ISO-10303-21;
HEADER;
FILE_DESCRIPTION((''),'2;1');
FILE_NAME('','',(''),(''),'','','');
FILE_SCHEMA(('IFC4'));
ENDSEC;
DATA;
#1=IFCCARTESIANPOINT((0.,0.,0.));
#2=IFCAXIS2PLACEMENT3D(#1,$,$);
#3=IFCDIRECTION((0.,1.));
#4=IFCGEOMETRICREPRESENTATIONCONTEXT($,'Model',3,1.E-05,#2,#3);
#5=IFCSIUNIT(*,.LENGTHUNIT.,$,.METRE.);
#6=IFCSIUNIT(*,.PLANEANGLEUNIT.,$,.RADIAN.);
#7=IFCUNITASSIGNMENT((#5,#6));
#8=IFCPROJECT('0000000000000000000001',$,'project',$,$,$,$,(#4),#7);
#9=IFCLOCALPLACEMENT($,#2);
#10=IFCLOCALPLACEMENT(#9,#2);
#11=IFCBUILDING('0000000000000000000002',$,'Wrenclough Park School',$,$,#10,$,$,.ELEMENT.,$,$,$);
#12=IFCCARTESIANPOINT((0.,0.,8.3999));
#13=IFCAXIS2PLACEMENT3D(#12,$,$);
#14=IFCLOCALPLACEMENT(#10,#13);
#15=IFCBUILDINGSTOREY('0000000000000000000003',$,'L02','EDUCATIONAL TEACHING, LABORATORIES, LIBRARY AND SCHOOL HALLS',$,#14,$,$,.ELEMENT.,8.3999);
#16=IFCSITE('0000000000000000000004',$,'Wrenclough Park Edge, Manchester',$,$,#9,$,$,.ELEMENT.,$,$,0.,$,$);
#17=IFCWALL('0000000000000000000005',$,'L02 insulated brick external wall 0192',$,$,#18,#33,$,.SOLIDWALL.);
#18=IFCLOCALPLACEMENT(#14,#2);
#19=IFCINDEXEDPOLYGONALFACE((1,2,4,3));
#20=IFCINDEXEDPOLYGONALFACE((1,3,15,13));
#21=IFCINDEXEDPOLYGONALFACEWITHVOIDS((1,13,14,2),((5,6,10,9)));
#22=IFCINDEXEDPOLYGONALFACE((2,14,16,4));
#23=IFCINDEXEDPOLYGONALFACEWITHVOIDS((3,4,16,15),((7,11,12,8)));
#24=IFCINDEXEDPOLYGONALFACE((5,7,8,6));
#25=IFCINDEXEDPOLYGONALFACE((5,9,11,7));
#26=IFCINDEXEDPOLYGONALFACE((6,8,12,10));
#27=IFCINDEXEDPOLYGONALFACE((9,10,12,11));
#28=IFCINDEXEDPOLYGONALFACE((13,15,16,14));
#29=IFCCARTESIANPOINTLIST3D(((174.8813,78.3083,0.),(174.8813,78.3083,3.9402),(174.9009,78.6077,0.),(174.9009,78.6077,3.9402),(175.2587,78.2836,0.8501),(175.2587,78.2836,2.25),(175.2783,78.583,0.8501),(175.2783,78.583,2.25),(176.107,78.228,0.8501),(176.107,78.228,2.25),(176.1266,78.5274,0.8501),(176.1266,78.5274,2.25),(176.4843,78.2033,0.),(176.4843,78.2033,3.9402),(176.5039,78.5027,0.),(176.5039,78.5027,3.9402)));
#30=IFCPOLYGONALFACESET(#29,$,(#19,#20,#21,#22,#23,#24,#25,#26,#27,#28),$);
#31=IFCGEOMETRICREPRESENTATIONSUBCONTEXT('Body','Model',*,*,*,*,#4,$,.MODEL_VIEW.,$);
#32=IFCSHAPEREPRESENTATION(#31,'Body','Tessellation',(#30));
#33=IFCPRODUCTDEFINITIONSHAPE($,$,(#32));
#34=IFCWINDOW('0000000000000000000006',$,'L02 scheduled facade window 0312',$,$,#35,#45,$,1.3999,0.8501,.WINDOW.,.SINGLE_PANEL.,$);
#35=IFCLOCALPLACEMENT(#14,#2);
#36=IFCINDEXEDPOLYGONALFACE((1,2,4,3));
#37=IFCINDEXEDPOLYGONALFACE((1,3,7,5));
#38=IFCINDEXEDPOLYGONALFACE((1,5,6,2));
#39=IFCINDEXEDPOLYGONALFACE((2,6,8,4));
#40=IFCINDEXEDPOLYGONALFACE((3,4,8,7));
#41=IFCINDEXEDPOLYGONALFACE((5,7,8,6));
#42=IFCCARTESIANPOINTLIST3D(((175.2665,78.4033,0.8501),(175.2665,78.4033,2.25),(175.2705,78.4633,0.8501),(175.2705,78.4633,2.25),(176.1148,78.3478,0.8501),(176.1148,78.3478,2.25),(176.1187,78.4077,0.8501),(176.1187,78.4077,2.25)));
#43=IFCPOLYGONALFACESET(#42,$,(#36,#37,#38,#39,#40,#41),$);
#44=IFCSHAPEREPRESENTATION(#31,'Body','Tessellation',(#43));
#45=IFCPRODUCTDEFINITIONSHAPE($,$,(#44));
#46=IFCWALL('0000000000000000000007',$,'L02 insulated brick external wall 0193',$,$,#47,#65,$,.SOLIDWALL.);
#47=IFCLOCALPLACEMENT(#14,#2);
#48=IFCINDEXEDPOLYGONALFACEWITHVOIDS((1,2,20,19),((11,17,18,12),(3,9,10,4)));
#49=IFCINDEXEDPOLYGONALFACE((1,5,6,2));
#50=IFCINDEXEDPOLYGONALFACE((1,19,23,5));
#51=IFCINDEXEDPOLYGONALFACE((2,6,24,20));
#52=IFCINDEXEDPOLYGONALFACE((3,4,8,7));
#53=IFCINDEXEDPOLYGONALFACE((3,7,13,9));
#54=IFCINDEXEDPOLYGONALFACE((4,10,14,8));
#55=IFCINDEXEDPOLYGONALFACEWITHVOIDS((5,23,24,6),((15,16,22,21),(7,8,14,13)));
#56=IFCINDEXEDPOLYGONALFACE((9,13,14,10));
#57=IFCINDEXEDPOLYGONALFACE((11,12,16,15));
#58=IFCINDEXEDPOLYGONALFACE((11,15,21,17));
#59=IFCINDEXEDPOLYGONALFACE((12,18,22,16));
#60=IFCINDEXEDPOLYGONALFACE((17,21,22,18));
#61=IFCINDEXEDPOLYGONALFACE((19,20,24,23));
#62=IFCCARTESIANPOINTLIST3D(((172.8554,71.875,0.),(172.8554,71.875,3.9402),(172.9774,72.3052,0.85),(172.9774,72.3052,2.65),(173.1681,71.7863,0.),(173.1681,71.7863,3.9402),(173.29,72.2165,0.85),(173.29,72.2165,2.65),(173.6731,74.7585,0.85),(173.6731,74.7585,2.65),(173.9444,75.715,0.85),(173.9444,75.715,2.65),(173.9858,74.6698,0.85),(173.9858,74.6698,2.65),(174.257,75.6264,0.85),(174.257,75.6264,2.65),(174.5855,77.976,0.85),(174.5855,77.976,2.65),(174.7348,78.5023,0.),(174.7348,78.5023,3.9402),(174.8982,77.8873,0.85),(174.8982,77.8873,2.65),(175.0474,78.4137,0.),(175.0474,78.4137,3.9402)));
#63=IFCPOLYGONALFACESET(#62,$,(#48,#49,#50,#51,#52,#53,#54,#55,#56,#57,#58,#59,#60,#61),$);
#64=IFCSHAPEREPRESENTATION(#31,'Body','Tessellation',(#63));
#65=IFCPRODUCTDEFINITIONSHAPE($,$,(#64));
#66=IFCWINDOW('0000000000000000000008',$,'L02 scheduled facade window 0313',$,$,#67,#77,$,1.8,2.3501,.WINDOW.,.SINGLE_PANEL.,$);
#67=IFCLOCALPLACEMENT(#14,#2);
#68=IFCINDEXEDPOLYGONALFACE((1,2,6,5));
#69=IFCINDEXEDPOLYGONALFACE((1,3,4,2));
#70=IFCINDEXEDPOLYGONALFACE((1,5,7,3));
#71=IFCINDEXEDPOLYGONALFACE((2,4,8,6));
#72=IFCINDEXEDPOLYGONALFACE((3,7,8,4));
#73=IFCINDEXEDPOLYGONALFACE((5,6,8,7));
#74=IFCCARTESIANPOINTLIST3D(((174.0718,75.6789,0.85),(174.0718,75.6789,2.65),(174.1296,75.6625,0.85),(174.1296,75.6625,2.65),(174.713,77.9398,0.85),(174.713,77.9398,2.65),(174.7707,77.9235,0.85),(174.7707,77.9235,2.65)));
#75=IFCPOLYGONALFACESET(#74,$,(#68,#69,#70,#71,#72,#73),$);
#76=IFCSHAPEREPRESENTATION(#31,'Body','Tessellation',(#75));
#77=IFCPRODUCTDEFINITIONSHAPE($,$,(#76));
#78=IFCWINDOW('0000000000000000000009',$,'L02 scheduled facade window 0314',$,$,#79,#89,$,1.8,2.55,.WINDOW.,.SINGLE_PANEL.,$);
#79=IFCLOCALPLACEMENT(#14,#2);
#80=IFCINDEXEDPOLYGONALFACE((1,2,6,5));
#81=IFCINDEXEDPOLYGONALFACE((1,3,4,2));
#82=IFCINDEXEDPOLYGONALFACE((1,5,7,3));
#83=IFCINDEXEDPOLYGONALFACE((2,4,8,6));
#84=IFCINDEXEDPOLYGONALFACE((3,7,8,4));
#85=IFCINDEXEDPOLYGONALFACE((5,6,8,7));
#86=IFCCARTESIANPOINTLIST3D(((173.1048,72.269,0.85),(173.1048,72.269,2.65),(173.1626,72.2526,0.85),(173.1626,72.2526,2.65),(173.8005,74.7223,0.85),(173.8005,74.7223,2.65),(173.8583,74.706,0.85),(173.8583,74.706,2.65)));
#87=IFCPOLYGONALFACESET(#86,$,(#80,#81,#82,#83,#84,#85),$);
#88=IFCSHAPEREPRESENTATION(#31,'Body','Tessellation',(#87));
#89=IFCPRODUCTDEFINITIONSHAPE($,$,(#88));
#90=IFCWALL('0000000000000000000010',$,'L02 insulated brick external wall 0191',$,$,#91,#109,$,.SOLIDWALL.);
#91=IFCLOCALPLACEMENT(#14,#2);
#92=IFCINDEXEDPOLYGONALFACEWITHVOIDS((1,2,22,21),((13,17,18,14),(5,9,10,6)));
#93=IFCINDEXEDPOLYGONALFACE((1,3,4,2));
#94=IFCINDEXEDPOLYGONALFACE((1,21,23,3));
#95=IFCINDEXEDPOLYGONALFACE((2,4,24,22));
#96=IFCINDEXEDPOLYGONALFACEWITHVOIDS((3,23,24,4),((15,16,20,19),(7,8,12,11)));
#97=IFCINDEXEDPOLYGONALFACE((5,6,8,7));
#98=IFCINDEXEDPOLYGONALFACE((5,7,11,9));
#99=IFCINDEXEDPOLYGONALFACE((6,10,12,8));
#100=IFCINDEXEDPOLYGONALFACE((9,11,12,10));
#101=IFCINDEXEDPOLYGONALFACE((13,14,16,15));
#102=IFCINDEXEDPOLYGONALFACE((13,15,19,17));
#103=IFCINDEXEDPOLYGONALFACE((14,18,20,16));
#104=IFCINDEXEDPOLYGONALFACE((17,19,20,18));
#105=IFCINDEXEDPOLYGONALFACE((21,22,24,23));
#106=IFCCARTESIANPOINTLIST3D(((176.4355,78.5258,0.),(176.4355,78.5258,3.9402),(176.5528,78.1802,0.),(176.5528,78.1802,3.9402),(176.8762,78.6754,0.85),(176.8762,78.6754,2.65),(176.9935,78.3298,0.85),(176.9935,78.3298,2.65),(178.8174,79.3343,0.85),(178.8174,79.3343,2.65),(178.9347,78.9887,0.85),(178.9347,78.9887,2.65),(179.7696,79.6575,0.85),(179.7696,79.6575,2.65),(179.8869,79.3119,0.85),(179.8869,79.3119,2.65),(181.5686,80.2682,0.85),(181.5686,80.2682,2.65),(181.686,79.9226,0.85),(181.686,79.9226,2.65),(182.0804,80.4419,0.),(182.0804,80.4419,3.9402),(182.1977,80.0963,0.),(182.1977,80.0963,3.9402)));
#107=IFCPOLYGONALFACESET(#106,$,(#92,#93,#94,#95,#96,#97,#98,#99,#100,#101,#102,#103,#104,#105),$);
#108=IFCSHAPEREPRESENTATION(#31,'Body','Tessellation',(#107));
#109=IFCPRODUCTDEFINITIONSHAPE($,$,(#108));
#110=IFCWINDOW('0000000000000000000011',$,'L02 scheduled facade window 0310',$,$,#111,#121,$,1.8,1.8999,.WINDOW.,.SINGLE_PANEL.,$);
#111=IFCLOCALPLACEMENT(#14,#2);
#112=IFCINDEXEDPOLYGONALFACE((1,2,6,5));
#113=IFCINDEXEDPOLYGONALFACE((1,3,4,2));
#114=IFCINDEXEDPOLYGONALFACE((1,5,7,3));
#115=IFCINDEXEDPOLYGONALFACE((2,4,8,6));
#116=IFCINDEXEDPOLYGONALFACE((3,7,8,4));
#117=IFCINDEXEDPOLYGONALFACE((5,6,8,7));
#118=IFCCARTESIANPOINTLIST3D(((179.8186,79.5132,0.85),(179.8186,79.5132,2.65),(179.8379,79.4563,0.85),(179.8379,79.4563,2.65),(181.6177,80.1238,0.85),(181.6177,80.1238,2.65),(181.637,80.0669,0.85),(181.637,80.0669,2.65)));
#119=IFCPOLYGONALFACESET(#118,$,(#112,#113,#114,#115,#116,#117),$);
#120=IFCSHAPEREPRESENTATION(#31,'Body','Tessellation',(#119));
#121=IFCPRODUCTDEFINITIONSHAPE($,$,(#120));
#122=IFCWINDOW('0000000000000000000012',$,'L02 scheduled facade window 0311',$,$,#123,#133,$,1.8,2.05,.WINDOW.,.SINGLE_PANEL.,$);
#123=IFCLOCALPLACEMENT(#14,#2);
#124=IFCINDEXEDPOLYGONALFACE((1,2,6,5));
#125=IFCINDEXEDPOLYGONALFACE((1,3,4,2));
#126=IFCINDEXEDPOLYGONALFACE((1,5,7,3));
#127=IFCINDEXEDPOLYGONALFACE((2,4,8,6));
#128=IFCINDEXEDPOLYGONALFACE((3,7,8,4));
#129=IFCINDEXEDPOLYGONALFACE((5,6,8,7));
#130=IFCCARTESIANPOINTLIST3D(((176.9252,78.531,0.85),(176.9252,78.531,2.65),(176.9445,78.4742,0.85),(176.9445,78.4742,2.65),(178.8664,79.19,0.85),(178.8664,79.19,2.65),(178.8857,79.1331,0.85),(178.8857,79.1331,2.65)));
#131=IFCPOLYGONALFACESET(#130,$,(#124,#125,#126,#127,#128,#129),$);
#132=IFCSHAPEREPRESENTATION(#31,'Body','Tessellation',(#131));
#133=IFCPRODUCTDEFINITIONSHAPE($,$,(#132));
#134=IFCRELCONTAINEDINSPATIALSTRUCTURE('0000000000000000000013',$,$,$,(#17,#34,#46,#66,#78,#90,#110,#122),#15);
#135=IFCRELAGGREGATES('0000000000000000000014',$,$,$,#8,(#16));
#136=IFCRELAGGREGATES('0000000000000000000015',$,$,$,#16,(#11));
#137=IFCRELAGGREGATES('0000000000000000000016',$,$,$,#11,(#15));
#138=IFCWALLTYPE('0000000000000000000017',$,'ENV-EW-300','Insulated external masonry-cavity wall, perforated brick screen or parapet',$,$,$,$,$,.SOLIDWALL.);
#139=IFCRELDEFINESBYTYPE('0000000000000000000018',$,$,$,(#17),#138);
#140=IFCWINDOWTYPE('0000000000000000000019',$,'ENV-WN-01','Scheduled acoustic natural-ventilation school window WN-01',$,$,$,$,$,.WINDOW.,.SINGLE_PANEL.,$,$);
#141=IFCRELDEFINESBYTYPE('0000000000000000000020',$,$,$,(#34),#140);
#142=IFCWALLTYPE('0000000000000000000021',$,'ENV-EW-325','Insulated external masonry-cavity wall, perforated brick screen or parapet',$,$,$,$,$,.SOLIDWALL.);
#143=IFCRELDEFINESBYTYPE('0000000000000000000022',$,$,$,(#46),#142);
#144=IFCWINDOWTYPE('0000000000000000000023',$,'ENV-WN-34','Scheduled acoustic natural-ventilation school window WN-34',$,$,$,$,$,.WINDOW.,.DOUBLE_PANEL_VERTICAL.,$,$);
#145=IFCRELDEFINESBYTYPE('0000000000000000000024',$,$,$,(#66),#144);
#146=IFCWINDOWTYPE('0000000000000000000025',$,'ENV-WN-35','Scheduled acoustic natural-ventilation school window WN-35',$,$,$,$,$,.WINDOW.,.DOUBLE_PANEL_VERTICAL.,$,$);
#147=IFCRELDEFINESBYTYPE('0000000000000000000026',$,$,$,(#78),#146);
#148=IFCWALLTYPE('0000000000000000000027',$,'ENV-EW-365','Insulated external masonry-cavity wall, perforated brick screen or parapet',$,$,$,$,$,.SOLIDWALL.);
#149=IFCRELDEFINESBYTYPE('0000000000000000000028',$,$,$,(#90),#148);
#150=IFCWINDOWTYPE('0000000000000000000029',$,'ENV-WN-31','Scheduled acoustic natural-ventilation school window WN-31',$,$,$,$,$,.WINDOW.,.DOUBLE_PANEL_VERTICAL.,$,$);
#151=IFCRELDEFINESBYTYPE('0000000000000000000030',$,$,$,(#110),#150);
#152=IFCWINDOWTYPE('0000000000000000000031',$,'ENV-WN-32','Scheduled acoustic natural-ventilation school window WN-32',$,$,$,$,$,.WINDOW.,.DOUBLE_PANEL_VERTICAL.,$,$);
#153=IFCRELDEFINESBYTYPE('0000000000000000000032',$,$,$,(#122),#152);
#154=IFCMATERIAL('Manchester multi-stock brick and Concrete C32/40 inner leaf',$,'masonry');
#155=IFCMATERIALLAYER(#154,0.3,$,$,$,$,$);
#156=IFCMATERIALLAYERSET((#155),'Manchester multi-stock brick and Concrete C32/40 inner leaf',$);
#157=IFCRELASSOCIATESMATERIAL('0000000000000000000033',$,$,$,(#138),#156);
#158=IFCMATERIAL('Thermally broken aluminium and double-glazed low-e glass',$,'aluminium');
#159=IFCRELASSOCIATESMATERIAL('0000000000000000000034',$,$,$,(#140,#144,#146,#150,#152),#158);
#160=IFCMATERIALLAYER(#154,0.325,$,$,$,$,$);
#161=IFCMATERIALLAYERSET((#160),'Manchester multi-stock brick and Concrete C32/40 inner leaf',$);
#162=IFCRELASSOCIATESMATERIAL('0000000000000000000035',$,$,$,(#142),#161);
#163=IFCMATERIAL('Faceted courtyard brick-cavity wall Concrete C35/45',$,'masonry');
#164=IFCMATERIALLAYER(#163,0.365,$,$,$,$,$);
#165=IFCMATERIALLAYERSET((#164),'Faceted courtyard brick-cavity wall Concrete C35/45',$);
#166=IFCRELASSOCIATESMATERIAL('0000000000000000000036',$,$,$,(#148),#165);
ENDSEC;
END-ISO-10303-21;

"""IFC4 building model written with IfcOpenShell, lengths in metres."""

from ifc_helpers import new_model, si_unit, direction, frame, frame_2d, origin, place, context, subcontext, project, spatial, rectangle, extrude, material, layer, layer_set, type_object, element, fill, save


model = new_model("IFC4")

# Units and contexts
model_context = context("Model", 3, precision=1e-05, world=origin(), true_north=direction((0.0, 1.0)))
body_context = subcontext(model_context, "Body", "Model", "MODEL_VIEW")
ifc_project = project(units=[si_unit("LENGTHUNIT", "METRE"), si_unit("PLANEANGLEUNIT", "RADIAN")], contexts=[model_context])

# Site, building, storey
site_placement = place(None, origin())
site = spatial("IfcSite", under=ifc_project, at=site_placement, Name="Wrenclough Park Edge, Manchester", CompositionType="ELEMENT", RefElevation=0.0)
building_placement = place(site_placement, origin())
building = spatial("IfcBuilding", under=site, at=building_placement, Name="Wrenclough Park School", CompositionType="ELEMENT")
storey_placement = place(building_placement, frame((0.0, 0.0, 8.3999)))
storey = spatial("IfcBuildingStorey", under=building, at=storey_placement, Name="L02", Description="EDUCATIONAL TEACHING, LABORATORIES, LIBRARY AND SCHOOL HALLS", CompositionType="ELEMENT", Elevation=8.3999)

# Wall, opening, window
ifc_material_1 = material(Name="Manchester multi-stock brick and Concrete C32/40 inner leaf", Category="masonry")
ifc_layer_1 = layer(ifc_material_1, 0.3)
ifc_layer_set_1 = layer_set([ifc_layer_1], Name="Manchester multi-stock brick and Concrete C32/40 inner leaf")
wall_type_1 = type_object("IfcWallType", Name="ENV-EW-300", Description="Insulated external masonry-cavity wall, perforated brick screen or parapet", PredefinedType="SOLIDWALL", material=ifc_layer_set_1)
wall_1_placement = place(storey_placement, frame((176.4941, 78.353, 0.0), z_axis=(0.0, 0.0, 1.0), x_axis=(-0.997862, 0.065349, 0.0)))
wall_1 = element("IfcWall", 1, at=wall_1_placement, inside=storey, type_object=wall_type_1, Name="L02 insulated brick external wall 0192", PredefinedType="SOLIDWALL", context=body_context, shape_type="SweptSolid", body=[
    extrude(rectangle(XDim=1.6064, YDim=0.3, at=frame_2d((0.8032, 0.0))), origin(), (0.0, 0.0, 1.0), 3.9402),
])
opening_1_placement = place(wall_1_placement, frame((0.3782, 0.0, 0.8501)))
opening_1 = element("IfcOpeningElement", 2, at=opening_1_placement, cuts=wall_1, PredefinedType="OPENING", context=body_context, shape_type="SweptSolid", body=[
    extrude(rectangle(XDim=0.8501, YDim=1.3999, at=frame_2d((0.425, 0.7))), frame((0.0, 0.1599, 0.0), z_axis=(0.0, -1.0, 0.0), x_axis=(1.0, 0.0, 0.0)), (0.0, 0.0, 1.0), 0.3201),
])
ifc_material_2 = material(Name="Thermally broken aluminium and double-glazed low-e glass", Category="aluminium")
window_type_1 = type_object("IfcWindowType", Name="ENV-WN-01", Description="Scheduled acoustic natural-ventilation school window WN-01", PartitioningType="SINGLE_PANEL", PredefinedType="WINDOW", material=ifc_material_2)
window_1_placement = place(opening_1_placement, origin())
window_1 = element("IfcWindow", 3, at=window_1_placement, inside=storey, type_object=window_type_1, Name="L02 scheduled facade window 0312", OverallHeight=1.3999, OverallWidth=0.8501, PartitioningType="SINGLE_PANEL", PredefinedType="WINDOW", context=body_context, shape_type="SweptSolid", body=[
    extrude(rectangle(XDim=0.8501, YDim=1.3999, at=frame_2d((0.425, 0.7))), frame((0.0, 0.03, 0.0), z_axis=(0.0, -1.0, 0.0), x_axis=(1.0, 0.0, 0.0)), (0.0, 0.0, 1.0), 0.0601),
])
fill(opening_1, window_1)

# Walls, openings, windows
ifc_layer_2 = layer(ifc_material_1, 0.325)
ifc_layer_set_2 = layer_set([ifc_layer_2], Name="Manchester multi-stock brick and Concrete C32/40 inner leaf")
wall_type_2 = type_object("IfcWallType", Name="ENV-EW-325", Description="Insulated external masonry-cavity wall, perforated brick screen or parapet", PredefinedType="SOLIDWALL", material=ifc_layer_set_2)
wall_2_placement = place(storey_placement, frame((174.8911, 78.458, 0.0), z_axis=(0.0, 0.0, 1.0), x_axis=(-0.27282, -0.962065, 0.0)))
wall_2 = element("IfcWall", 4, at=wall_2_placement, inside=storey, type_object=wall_type_2, Name="L02 insulated brick external wall 0193", PredefinedType="SOLIDWALL", context=body_context, shape_type="SweptSolid", body=[
    extrude(rectangle(XDim=6.8887, YDim=0.325, at=frame_2d((3.4443, 0.0))), origin(), (0.0, 0.0, 1.0), 3.9402),
])
opening_2_placement = place(wall_2_placement, frame((0.5471, 0.0, 0.8501)))
opening_2 = element("IfcOpeningElement", 5, at=opening_2_placement, cuts=wall_2, PredefinedType="OPENING", context=body_context, shape_type="SweptSolid", body=[
    extrude(rectangle(XDim=2.3501, YDim=1.8, at=frame_2d((1.175, 0.8999))), frame((0.0, 0.1724, 0.0), z_axis=(0.0, -1.0, 0.0), x_axis=(1.0, 0.0, 0.0)), (0.0, 0.0, 1.0), 0.345),
])
opening_3_placement = place(wall_2_placement, frame((3.8916, 0.0, 0.8501)))
opening_3 = element("IfcOpeningElement", 6, at=opening_3_placement, cuts=wall_2, PredefinedType="OPENING", context=body_context, shape_type="SweptSolid", body=[
    extrude(rectangle(XDim=2.55, YDim=1.8, at=frame_2d((1.2749, 0.8999))), frame((0.0, 0.1724, 0.0), z_axis=(0.0, -1.0, 0.0), x_axis=(1.0, 0.0, 0.0)), (0.0, 0.0, 1.0), 0.345),
])
window_type_2 = type_object("IfcWindowType", Name="ENV-WN-34", Description="Scheduled acoustic natural-ventilation school window WN-34", PartitioningType="DOUBLE_PANEL_VERTICAL", PredefinedType="WINDOW", material=ifc_material_2)
window_2_placement = place(opening_2_placement, origin())
window_2 = element("IfcWindow", 7, at=window_2_placement, inside=storey, type_object=window_type_2, Name="L02 scheduled facade window 0313", OverallHeight=1.8, OverallWidth=2.3501, PartitioningType="SINGLE_PANEL", PredefinedType="WINDOW", context=body_context, shape_type="SweptSolid", body=[
    extrude(rectangle(XDim=2.3501, YDim=1.8, at=frame_2d((1.175, 0.8999))), frame((0.0, 0.03, 0.0), z_axis=(0.0, -1.0, 0.0), x_axis=(1.0, 0.0, 0.0)), (0.0, 0.0, 1.0), 0.0601),
])
fill(opening_2, window_2)
window_type_3 = type_object("IfcWindowType", Name="ENV-WN-35", Description="Scheduled acoustic natural-ventilation school window WN-35", PartitioningType="DOUBLE_PANEL_VERTICAL", PredefinedType="WINDOW", material=ifc_material_2)
window_3_placement = place(opening_3_placement, origin())
window_3 = element("IfcWindow", 8, at=window_3_placement, inside=storey, type_object=window_type_3, Name="L02 scheduled facade window 0314", OverallHeight=1.8, OverallWidth=2.55, PartitioningType="SINGLE_PANEL", PredefinedType="WINDOW", context=body_context, shape_type="SweptSolid", body=[
    extrude(rectangle(XDim=2.55, YDim=1.8, at=frame_2d((1.2749, 0.8999))), frame((0.0, 0.03, 0.0), z_axis=(0.0, -1.0, 0.0), x_axis=(1.0, 0.0, 0.0)), (0.0, 0.0, 1.0), 0.0601),
])
fill(opening_3, window_3)
ifc_material_3 = material(Name="Faceted courtyard brick-cavity wall Concrete C35/45", Category="masonry")
ifc_layer_3 = layer(ifc_material_3, 0.365)
ifc_layer_set_3 = layer_set([ifc_layer_3], Name="Faceted courtyard brick-cavity wall Concrete C35/45")
wall_type_3 = type_object("IfcWallType", Name="ENV-EW-365", Description="Insulated external masonry-cavity wall, perforated brick screen or parapet", PredefinedType="SOLIDWALL", material=ifc_layer_set_3)
wall_3_placement = place(storey_placement, frame((182.1389, 80.269, 0.0), z_axis=(0.0, 0.0, 1.0), x_axis=(-0.946937, -0.32142, 0.0)))
wall_3 = element("IfcWall", 9, at=wall_3_placement, inside=storey, type_object=wall_type_3, Name="L02 insulated brick external wall 0191", PredefinedType="SOLIDWALL", context=body_context, shape_type="SweptSolid", body=[
    extrude(rectangle(XDim=5.9612, YDim=0.365, at=frame_2d((2.9805, 0.0))), origin(), (0.0, 0.0, 1.0), 3.9402),
])
opening_4_placement = place(wall_3_placement, frame((0.5403, 0.0, 0.8501)))
opening_4 = element("IfcOpeningElement", 10, at=opening_4_placement, cuts=wall_3, PredefinedType="OPENING", context=body_context, shape_type="SweptSolid", body=[
    extrude(rectangle(XDim=1.8999, YDim=1.8, at=frame_2d((0.95, 0.8999))), frame((0.0, 0.1924, 0.0), z_axis=(0.0, -1.0, 0.0), x_axis=(1.0, 0.0, 0.0)), (0.0, 0.0, 1.0), 0.385),
])
opening_5_placement = place(wall_3_placement, frame((3.4458, 0.0, 0.8501)))
opening_5 = element("IfcOpeningElement", 11, at=opening_5_placement, cuts=wall_3, PredefinedType="OPENING", context=body_context, shape_type="SweptSolid", body=[
    extrude(rectangle(XDim=2.05, YDim=1.8, at=frame_2d((1.0249, 0.8999))), frame((0.0, 0.1924, 0.0), z_axis=(0.0, -1.0, 0.0), x_axis=(1.0, 0.0, 0.0)), (0.0, 0.0, 1.0), 0.385),
])
window_type_4 = type_object("IfcWindowType", Name="ENV-WN-31", Description="Scheduled acoustic natural-ventilation school window WN-31", PartitioningType="DOUBLE_PANEL_VERTICAL", PredefinedType="WINDOW", material=ifc_material_2)
window_4_placement = place(opening_4_placement, origin())
window_4 = element("IfcWindow", 12, at=window_4_placement, inside=storey, type_object=window_type_4, Name="L02 scheduled facade window 0310", OverallHeight=1.8, OverallWidth=1.8999, PartitioningType="SINGLE_PANEL", PredefinedType="WINDOW", context=body_context, shape_type="SweptSolid", body=[
    extrude(rectangle(XDim=1.8999, YDim=1.8, at=frame_2d((0.95, 0.8999))), frame((0.0, 0.03, 0.0), z_axis=(0.0, -1.0, 0.0), x_axis=(1.0, 0.0, 0.0)), (0.0, 0.0, 1.0), 0.0601),
])
fill(opening_4, window_4)
window_type_5 = type_object("IfcWindowType", Name="ENV-WN-32", Description="Scheduled acoustic natural-ventilation school window WN-32", PartitioningType="DOUBLE_PANEL_VERTICAL", PredefinedType="WINDOW", material=ifc_material_2)
window_5_placement = place(opening_5_placement, origin())
window_5 = element("IfcWindow", 13, at=window_5_placement, inside=storey, type_object=window_type_5, Name="L02 scheduled facade window 0311", OverallHeight=1.8, OverallWidth=2.05, PartitioningType="SINGLE_PANEL", PredefinedType="WINDOW", context=body_context, shape_type="SweptSolid", body=[
    extrude(rectangle(XDim=2.05, YDim=1.8, at=frame_2d((1.0249, 0.8999))), frame((0.0, 0.03, 0.0), z_axis=(0.0, -1.0, 0.0), x_axis=(1.0, 0.0, 0.0)), (0.0, 0.0, 1.0), 0.0601),
])
fill(opening_5, window_5)

save(model, "model.ifc")
